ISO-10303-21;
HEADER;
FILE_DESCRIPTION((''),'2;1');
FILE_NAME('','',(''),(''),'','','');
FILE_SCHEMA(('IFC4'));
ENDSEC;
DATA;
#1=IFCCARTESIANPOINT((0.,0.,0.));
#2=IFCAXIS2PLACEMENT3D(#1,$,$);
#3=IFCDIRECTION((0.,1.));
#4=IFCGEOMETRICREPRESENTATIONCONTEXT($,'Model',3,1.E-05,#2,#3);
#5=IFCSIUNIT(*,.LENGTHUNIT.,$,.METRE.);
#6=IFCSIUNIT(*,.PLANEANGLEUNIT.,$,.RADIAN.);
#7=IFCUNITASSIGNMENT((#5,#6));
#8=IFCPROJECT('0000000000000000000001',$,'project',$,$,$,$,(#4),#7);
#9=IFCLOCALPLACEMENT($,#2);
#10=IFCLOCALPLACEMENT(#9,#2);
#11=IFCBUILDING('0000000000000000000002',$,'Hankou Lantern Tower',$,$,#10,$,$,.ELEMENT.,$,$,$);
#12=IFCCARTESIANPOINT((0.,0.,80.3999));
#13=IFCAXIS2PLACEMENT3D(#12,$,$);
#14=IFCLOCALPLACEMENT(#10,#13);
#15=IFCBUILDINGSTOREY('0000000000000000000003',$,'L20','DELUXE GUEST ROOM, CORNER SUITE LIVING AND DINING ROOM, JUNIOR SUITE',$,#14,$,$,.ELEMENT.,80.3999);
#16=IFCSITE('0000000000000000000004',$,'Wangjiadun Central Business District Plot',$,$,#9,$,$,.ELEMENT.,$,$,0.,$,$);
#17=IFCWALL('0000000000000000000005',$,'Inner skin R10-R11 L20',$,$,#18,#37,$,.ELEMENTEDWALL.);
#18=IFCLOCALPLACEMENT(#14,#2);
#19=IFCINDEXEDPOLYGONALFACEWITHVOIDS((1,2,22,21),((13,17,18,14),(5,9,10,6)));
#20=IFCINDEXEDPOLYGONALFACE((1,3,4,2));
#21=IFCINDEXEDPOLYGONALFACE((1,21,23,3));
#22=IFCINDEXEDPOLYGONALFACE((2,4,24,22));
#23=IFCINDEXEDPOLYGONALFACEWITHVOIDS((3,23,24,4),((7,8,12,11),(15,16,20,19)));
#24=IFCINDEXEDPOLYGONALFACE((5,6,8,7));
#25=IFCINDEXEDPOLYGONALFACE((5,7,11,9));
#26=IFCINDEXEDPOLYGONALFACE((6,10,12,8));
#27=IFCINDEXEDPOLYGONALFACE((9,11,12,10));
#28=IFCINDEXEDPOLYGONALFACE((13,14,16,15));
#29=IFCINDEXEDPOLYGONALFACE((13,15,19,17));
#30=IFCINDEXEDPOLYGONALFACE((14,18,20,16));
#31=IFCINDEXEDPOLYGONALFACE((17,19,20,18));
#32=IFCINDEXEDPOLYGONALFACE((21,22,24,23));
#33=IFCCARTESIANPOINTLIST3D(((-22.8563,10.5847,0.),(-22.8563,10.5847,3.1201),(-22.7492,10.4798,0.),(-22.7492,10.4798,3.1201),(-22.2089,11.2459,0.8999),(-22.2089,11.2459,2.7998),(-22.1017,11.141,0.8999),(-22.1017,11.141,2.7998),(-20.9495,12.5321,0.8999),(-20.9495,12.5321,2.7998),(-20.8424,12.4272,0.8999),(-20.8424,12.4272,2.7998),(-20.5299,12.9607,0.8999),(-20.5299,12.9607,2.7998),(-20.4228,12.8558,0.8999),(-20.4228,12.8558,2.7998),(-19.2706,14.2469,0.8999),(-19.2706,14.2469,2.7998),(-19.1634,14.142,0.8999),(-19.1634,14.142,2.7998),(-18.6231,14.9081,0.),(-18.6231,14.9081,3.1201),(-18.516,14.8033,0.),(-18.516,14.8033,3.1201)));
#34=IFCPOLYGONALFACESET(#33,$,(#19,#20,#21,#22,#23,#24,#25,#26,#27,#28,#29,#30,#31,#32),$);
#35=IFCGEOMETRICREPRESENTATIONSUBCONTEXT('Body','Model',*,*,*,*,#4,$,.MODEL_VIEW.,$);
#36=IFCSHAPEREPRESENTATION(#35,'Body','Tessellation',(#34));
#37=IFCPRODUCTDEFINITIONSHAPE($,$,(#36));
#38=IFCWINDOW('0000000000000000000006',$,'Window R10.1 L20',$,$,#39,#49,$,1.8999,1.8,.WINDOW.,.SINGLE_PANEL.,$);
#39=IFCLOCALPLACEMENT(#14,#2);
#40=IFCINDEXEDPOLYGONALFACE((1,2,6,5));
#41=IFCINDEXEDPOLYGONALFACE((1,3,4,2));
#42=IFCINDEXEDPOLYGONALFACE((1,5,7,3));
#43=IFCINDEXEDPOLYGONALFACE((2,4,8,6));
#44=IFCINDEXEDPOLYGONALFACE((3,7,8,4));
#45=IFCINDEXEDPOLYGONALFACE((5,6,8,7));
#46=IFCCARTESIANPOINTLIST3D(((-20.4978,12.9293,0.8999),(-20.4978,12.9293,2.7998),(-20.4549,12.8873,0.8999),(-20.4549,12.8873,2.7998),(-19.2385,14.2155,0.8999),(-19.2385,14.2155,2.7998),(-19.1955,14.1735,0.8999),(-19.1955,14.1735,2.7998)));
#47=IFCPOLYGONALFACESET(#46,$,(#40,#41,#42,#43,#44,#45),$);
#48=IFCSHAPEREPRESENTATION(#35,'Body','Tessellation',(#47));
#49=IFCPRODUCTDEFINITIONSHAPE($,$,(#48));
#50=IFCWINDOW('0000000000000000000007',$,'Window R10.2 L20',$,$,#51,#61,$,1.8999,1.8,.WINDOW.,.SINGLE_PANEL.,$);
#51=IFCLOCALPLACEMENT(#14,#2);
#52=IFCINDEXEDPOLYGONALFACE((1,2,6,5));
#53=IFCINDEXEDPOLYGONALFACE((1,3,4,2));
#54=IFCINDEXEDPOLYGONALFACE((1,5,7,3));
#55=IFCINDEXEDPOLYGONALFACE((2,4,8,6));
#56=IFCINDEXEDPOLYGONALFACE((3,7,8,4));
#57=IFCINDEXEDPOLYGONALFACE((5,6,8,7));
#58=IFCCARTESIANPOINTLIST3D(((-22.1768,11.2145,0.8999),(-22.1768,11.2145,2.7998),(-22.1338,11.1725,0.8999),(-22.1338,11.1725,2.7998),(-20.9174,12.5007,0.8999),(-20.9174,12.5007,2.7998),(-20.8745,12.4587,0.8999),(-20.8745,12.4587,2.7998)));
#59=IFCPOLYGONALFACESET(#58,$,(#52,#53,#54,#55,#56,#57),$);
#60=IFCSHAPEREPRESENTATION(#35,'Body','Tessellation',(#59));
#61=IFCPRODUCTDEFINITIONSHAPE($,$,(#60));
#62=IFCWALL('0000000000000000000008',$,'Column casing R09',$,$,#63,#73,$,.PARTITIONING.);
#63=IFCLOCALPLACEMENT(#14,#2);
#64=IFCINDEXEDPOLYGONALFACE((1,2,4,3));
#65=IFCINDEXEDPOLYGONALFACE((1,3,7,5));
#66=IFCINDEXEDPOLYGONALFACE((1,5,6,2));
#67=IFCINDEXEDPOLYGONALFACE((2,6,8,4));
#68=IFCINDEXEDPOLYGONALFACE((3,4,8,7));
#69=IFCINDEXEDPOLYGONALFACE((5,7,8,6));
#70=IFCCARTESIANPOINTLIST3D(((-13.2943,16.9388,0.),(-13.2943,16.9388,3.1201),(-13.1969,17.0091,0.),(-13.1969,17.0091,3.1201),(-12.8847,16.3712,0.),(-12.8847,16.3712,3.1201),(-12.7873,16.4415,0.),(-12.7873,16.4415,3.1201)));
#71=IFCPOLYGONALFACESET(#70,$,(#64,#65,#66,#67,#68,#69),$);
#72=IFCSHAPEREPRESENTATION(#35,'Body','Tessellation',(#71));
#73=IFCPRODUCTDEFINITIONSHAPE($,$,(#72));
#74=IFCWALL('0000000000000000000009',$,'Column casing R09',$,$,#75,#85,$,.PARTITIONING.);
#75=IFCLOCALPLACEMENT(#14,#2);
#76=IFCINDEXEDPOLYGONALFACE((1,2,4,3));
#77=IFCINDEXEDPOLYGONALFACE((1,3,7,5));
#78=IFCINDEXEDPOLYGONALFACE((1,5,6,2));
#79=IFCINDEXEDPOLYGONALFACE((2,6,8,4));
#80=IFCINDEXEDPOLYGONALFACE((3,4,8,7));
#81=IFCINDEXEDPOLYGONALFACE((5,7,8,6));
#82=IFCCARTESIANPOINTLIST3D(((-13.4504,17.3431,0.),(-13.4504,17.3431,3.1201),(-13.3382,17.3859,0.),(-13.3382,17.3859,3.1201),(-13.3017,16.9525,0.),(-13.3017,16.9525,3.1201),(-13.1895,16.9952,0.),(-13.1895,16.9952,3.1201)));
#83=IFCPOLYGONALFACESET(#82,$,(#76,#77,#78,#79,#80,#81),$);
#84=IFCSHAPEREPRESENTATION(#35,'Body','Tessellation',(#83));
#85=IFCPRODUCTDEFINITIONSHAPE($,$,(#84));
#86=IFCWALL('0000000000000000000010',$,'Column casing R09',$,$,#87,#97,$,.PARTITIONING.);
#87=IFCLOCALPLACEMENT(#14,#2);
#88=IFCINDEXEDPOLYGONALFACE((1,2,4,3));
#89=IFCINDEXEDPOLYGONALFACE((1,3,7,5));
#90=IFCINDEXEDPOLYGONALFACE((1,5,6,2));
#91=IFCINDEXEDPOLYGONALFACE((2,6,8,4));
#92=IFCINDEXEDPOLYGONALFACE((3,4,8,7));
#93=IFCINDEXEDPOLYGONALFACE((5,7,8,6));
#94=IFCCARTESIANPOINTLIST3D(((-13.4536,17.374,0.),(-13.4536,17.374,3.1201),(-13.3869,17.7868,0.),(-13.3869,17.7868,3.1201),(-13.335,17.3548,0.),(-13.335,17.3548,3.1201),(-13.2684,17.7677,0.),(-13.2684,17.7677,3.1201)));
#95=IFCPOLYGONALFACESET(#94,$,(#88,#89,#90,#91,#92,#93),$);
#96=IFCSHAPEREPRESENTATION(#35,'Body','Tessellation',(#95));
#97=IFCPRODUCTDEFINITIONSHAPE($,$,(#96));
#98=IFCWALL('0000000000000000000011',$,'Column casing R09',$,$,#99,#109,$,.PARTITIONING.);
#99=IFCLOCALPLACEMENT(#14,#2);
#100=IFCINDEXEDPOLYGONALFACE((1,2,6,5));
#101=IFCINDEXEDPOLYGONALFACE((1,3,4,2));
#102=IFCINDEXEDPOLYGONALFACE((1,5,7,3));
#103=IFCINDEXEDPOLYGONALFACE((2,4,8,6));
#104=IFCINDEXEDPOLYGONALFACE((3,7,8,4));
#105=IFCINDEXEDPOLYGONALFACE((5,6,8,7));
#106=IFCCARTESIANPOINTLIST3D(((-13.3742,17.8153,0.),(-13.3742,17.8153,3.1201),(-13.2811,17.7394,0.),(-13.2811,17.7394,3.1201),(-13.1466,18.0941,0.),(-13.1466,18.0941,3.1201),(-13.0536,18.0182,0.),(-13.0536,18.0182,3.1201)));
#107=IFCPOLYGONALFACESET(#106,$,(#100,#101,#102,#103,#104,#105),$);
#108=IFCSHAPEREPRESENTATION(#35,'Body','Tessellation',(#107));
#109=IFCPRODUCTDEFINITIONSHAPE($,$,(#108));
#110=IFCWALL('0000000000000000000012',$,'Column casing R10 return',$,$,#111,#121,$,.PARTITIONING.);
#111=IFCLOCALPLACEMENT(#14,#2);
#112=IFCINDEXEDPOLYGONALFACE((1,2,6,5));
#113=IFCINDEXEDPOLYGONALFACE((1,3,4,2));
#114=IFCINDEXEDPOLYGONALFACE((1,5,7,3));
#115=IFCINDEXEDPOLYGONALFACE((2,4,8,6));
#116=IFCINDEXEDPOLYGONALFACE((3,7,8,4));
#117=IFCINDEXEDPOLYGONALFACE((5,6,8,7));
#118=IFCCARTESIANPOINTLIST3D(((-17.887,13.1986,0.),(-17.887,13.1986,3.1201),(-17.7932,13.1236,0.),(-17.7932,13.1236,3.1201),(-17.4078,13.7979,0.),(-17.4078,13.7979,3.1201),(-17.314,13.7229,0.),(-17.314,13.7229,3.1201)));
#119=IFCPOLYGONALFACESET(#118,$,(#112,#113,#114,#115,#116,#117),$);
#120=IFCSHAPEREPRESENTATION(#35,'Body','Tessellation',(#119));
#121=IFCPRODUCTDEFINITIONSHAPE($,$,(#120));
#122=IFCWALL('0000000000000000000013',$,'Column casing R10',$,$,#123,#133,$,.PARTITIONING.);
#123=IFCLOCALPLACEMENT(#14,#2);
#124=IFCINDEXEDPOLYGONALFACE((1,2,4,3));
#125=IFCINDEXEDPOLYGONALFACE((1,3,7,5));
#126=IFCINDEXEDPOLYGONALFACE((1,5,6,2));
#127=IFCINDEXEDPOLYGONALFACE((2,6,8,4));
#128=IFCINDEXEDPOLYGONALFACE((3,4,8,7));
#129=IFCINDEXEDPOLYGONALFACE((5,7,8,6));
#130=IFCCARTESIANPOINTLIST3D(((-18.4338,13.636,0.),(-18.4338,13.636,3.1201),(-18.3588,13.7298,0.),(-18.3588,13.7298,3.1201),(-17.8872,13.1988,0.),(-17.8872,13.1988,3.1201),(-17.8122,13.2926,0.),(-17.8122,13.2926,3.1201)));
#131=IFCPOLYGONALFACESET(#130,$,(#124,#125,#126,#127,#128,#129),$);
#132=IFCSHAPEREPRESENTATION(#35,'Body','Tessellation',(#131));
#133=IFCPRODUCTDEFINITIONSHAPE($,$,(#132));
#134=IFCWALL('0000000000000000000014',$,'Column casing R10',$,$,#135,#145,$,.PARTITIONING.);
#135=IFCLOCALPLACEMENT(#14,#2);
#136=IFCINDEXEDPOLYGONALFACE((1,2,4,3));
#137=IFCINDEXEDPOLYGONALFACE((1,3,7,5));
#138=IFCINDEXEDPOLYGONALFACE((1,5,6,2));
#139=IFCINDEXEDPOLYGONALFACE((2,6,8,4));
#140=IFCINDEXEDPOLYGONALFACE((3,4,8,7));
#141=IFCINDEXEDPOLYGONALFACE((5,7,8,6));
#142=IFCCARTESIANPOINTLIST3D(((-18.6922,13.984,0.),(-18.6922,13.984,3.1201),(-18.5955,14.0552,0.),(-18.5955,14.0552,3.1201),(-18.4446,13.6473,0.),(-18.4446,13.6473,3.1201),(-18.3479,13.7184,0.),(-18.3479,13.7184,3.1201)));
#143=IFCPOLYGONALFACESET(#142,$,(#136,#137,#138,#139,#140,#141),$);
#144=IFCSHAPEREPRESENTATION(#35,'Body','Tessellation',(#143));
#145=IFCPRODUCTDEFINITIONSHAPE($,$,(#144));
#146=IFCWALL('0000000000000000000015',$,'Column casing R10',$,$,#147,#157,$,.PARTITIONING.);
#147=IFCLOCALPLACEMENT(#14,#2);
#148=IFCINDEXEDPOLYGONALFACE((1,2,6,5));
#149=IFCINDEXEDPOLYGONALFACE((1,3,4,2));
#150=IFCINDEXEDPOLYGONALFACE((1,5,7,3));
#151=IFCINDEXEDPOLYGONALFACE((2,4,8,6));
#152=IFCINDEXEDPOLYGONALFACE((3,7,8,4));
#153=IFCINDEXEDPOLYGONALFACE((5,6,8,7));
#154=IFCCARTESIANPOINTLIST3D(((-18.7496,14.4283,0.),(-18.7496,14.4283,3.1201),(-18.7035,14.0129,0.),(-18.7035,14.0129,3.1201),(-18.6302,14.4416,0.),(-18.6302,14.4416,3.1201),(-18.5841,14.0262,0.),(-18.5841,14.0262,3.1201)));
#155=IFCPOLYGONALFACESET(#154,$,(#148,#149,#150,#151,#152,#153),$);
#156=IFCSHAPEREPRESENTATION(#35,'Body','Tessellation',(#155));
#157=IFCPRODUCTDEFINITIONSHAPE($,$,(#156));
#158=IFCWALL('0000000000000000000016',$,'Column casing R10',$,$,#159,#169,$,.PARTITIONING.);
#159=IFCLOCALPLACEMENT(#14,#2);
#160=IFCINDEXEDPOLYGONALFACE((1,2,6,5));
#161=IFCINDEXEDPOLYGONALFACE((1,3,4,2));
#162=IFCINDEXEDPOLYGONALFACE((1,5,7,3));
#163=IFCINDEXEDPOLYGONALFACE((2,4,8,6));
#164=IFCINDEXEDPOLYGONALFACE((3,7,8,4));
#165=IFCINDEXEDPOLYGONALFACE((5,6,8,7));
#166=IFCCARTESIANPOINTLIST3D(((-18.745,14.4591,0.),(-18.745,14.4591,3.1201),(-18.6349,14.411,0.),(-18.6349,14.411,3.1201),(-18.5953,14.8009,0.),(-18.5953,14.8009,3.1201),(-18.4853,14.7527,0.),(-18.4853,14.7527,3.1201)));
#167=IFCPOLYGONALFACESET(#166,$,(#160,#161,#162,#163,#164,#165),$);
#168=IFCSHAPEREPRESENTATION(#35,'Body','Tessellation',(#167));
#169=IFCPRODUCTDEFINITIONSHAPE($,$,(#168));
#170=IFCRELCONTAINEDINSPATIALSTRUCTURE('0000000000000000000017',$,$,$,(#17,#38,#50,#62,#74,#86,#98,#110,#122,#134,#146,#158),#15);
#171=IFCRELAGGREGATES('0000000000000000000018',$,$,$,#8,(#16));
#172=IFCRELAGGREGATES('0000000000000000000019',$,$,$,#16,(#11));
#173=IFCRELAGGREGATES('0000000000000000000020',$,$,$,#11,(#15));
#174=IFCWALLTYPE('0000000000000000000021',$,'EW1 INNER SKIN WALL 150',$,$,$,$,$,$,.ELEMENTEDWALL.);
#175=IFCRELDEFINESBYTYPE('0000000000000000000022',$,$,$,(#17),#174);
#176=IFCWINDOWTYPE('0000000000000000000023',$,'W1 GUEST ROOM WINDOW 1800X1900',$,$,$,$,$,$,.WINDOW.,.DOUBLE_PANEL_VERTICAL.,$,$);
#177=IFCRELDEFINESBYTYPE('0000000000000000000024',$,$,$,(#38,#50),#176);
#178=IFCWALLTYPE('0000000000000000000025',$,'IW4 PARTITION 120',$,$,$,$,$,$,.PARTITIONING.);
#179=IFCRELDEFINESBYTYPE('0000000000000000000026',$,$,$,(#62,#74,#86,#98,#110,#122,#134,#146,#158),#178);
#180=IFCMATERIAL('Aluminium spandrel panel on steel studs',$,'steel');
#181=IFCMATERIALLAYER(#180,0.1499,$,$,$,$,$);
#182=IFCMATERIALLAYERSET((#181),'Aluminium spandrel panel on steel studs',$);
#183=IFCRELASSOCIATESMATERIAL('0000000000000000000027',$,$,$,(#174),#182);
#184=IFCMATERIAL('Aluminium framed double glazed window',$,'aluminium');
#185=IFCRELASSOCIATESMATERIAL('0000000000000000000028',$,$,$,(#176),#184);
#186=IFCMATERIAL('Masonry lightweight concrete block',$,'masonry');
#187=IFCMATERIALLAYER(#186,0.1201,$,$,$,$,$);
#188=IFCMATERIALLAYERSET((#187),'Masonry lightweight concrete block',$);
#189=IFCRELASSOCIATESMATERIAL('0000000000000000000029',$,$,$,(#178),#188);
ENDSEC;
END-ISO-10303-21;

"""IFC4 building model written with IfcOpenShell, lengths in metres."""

from ifc_helpers import new_model, si_unit, direction, frame, frame_2d, origin, place, context, subcontext, project, spatial, rectangle, extrude, material, layer, layer_set, type_object, element, fill, save


model = new_model("IFC4")

# Units and contexts
model_context = context("Model", 3, precision=1e-05, world=origin(), true_north=direction((0.0, 1.0)))
body_context = subcontext(model_context, "Body", "Model", "MODEL_VIEW")
ifc_project = project(units=[si_unit("LENGTHUNIT", "METRE"), si_unit("PLANEANGLEUNIT", "RADIAN")], contexts=[model_context])

# Site, building, storey
site_placement = place(None, origin())
site = spatial("IfcSite", under=ifc_project, at=site_placement, Name="Wangjiadun Central Business District Plot", CompositionType="ELEMENT", RefElevation=0.0)
building_placement = place(site_placement, origin())
building = spatial("IfcBuilding", under=site, at=building_placement, Name="Hankou Lantern Tower", CompositionType="ELEMENT")
storey_placement = place(building_placement, frame((0.0, 0.0, 80.3999)))
storey = spatial("IfcBuildingStorey", under=building, at=storey_placement, Name="L20", Description="DELUXE GUEST ROOM, CORNER SUITE LIVING AND DINING ROOM, JUNIOR SUITE", CompositionType="ELEMENT", Elevation=80.3999)

# Wall, openings, windows
ifc_material_1 = material(Name="Aluminium spandrel panel on steel studs", Category="steel")
ifc_layer_1 = layer(ifc_material_1, 0.1499)
ifc_layer_set_1 = layer_set([ifc_layer_1], Name="Aluminium spandrel panel on steel studs")
wall_type_1 = type_object("IfcWallType", Name="EW1 INNER SKIN WALL 150", PredefinedType="ELEMENTEDWALL", material=ifc_layer_set_1)
ifc_material_2 = material(Name="Aluminium framed double glazed window", Category="aluminium")
window_type = type_object("IfcWindowType", Name="W1 GUEST ROOM WINDOW 1800X1900", PartitioningType="DOUBLE_PANEL_VERTICAL", PredefinedType="WINDOW", material=ifc_material_2)
wall_1_placement = place(storey_placement, frame((-18.5696, 14.8557, 0.0), z_axis=(0.0, 0.0, 1.0), x_axis=(-0.699603, -0.714532, 0.0)))
wall_1 = element("IfcWall", 1, at=wall_1_placement, inside=storey, type_object=wall_type_1, Name="Inner skin R10-R11 L20", PredefinedType="ELEMENTEDWALL", context=body_context, shape_type="SweptSolid", body=[
    extrude(rectangle(XDim=6.0508, YDim=0.1499, at=frame_2d((3.0254, 0.0))), origin(), (0.0, 0.0, 1.0), 3.1201),
])
opening_1_placement = place(wall_1_placement, frame((0.9255, 0.0, 0.8999)))
opening_1 = element("IfcOpeningElement", 2, at=opening_1_placement, cuts=wall_1, PredefinedType="OPENING", context=body_context, shape_type="SweptSolid", body=[
    extrude(rectangle(XDim=1.8, YDim=1.8999, at=frame_2d((0.8999, 0.95))), frame((0.0, 0.085, 0.0), z_axis=(0.0, -1.0, 0.0), x_axis=(1.0, 0.0, 0.0)), (0.0, 0.0, 1.0), 0.1699),
])
opening_2_placement = place(wall_1_placement, frame((3.3254, 0.0, 0.8999)))
opening_2 = element("IfcOpeningElement", 3, at=opening_2_placement, cuts=wall_1, PredefinedType="OPENING", context=body_context, shape_type="SweptSolid", body=[
    extrude(rectangle(XDim=1.8, YDim=1.8999, at=frame_2d((0.8999, 0.95))), frame((0.0, 0.085, 0.0), z_axis=(0.0, -1.0, 0.0), x_axis=(1.0, 0.0, 0.0)), (0.0, 0.0, 1.0), 0.1699),
])
window_1_placement = place(opening_1_placement, origin())
window_1 = element("IfcWindow", 4, at=window_1_placement, inside=storey, type_object=window_type, Name="Window R10.1 L20", OverallHeight=1.8999, OverallWidth=1.8, PartitioningType="SINGLE_PANEL", PredefinedType="WINDOW", context=body_context, shape_type="SweptSolid", body=[
    extrude(rectangle(XDim=1.8, YDim=1.8999, at=frame_2d((0.8999, 0.95))), frame((0.0, 0.03, 0.0), z_axis=(0.0, -1.0, 0.0), x_axis=(1.0, 0.0, 0.0)), (0.0, 0.0, 1.0), 0.0601),
])
fill(opening_1, window_1)
window_2_placement = place(opening_2_placement, origin())
window_2 = element("IfcWindow", 5, at=window_2_placement, inside=storey, type_object=window_type, Name="Window R10.2 L20", OverallHeight=1.8999, OverallWidth=1.8, PartitioningType="SINGLE_PANEL", PredefinedType="WINDOW", context=body_context, shape_type="SweptSolid", body=[
    extrude(rectangle(XDim=1.8, YDim=1.8999, at=frame_2d((0.8999, 0.95))), frame((0.0, 0.03, 0.0), z_axis=(0.0, -1.0, 0.0), x_axis=(1.0, 0.0, 0.0)), (0.0, 0.0, 1.0), 0.0601),
])
fill(opening_2, window_2)

# Walls
ifc_material_3 = material(Name="Masonry lightweight concrete block", Category="masonry")
ifc_layer_2 = layer(ifc_material_3, 0.1201)
ifc_layer_set_2 = layer_set([ifc_layer_2], Name="Masonry lightweight concrete block")
wall_type_2 = type_object("IfcWallType", Name="IW4 PARTITION 120", PredefinedType="PARTITIONING", material=ifc_layer_set_2)
wall_2_placement = place(storey_placement, frame((-12.8359, 16.4062, 0.0), z_axis=(0.0, 0.0, 1.0), x_axis=(-0.585223, 0.810872, 0.0)))
element("IfcWall", 6, at=wall_2_placement, inside=storey, type_object=wall_type_2, Name="Column casing R09", PredefinedType="PARTITIONING", context=body_context, shape_type="SweptSolid", body=[
    extrude(rectangle(XDim=0.7, YDim=0.1201, at=frame_2d((0.3501, 0.0))), origin(), (0.0, 0.0, 1.0), 3.1201),
])
wall_3_placement = place(storey_placement, frame((-13.2456, 16.9739, 0.0), z_axis=(0.0, 0.0, 1.0), x_axis=(-0.355728, 0.934589, 0.0)))
element("IfcWall", 7, at=wall_3_placement, inside=storey, type_object=wall_type_2, Name="Column casing R09", PredefinedType="PARTITIONING", context=body_context, shape_type="SweptSolid", body=[
    extrude(rectangle(XDim=0.418, YDim=0.1201, at=frame_2d((0.209, 0.0))), origin(), (0.0, 0.0, 1.0), 3.1201),
])
wall_4_placement = place(storey_placement, frame((-13.3943, 17.3645, 0.0), z_axis=(0.0, 0.0, 1.0), x_axis=(0.159379, 0.987217, 0.0)))
element("IfcWall", 8, at=wall_4_placement, inside=storey, type_object=wall_type_2, Name="Column casing R09", PredefinedType="PARTITIONING", context=body_context, shape_type="SweptSolid", body=[
    extrude(rectangle(XDim=0.4182, YDim=0.1201, at=frame_2d((0.209, 0.0))), origin(), (0.0, 0.0, 1.0), 3.1201),
])
wall_5_placement = place(storey_placement, frame((-13.3276, 17.7773, 0.0), z_axis=(0.0, 0.0, 1.0), x_axis=(0.632277, 0.774743, 0.0)))
element("IfcWall", 9, at=wall_5_placement, inside=storey, type_object=wall_type_2, Name="Column casing R09", PredefinedType="PARTITIONING", context=body_context, shape_type="SweptSolid", body=[
    extrude(rectangle(XDim=0.3599, YDim=0.1201, at=frame_2d((0.1799, 0.0))), origin(), (0.0, 0.0, 1.0), 3.1201),
])
wall_6_placement = place(storey_placement, frame((-17.3608, 13.7605, 0.0), z_axis=(0.0, 0.0, 1.0), x_axis=(-0.624501, -0.781024, 0.0)))
element("IfcWall", 10, at=wall_6_placement, inside=storey, type_object=wall_type_2, Name="Column casing R10 return", PredefinedType="PARTITIONING", context=body_context, shape_type="SweptSolid", body=[
    extrude(rectangle(XDim=0.7673, YDim=0.1201, at=frame_2d((0.3838, 0.0))), origin(), (0.0, 0.0, 1.0), 3.1201),
])
wall_7_placement = place(storey_placement, frame((-17.8496, 13.2456, 0.0), z_axis=(0.0, 0.0, 1.0), x_axis=(-0.780903, 0.624653, 0.0)))
element("IfcWall", 11, at=wall_7_placement, inside=storey, type_object=wall_type_2, Name="Column casing R10", PredefinedType="PARTITIONING", context=body_context, shape_type="SweptSolid", body=[
    extrude(rectangle(XDim=0.7, YDim=0.1201, at=frame_2d((0.3501, 0.0))), origin(), (0.0, 0.0, 1.0), 3.1201),
])
for number, where, z_axis, x_axis, name in (
    (12, (-18.3962, 13.6829, 0.0), (0.0, 0.0, 1.0), (-0.592402, 0.805643, 0.0), "Column casing R10"),
    (13, (-18.6438, 14.0195, 0.0), (0.0, 0.0, 1.0), (-0.110367, 0.993891, 0.0), "Column casing R10"),
):
    element("IfcWall", number, at=place(storey_placement, frame(where, z_axis=z_axis, x_axis=x_axis)), inside=storey, type_object=wall_type_2, Name=name, PredefinedType="PARTITIONING", context=body_context, shape_type="SweptSolid", body=[
        extrude(rectangle(XDim=0.418, YDim=0.1201, at=frame_2d((0.209, 0.0))), origin(), (0.0, 0.0, 1.0), 3.1201),
    ])
wall_8_placement = place(storey_placement, frame((-18.6899, 14.4351, 0.0), z_axis=(0.0, 0.0, 1.0), x_axis=(0.401093, 0.916037, 0.0)))
element("IfcWall", 14, at=wall_8_placement, inside=storey, type_object=wall_type_2, Name="Column casing R10", PredefinedType="PARTITIONING", context=body_context, shape_type="SweptSolid", body=[
    extrude(rectangle(XDim=0.373, YDim=0.1201, at=frame_2d((0.1865, 0.0))), origin(), (0.0, 0.0, 1.0), 3.1201),
])

save(model, "model.ifc")
